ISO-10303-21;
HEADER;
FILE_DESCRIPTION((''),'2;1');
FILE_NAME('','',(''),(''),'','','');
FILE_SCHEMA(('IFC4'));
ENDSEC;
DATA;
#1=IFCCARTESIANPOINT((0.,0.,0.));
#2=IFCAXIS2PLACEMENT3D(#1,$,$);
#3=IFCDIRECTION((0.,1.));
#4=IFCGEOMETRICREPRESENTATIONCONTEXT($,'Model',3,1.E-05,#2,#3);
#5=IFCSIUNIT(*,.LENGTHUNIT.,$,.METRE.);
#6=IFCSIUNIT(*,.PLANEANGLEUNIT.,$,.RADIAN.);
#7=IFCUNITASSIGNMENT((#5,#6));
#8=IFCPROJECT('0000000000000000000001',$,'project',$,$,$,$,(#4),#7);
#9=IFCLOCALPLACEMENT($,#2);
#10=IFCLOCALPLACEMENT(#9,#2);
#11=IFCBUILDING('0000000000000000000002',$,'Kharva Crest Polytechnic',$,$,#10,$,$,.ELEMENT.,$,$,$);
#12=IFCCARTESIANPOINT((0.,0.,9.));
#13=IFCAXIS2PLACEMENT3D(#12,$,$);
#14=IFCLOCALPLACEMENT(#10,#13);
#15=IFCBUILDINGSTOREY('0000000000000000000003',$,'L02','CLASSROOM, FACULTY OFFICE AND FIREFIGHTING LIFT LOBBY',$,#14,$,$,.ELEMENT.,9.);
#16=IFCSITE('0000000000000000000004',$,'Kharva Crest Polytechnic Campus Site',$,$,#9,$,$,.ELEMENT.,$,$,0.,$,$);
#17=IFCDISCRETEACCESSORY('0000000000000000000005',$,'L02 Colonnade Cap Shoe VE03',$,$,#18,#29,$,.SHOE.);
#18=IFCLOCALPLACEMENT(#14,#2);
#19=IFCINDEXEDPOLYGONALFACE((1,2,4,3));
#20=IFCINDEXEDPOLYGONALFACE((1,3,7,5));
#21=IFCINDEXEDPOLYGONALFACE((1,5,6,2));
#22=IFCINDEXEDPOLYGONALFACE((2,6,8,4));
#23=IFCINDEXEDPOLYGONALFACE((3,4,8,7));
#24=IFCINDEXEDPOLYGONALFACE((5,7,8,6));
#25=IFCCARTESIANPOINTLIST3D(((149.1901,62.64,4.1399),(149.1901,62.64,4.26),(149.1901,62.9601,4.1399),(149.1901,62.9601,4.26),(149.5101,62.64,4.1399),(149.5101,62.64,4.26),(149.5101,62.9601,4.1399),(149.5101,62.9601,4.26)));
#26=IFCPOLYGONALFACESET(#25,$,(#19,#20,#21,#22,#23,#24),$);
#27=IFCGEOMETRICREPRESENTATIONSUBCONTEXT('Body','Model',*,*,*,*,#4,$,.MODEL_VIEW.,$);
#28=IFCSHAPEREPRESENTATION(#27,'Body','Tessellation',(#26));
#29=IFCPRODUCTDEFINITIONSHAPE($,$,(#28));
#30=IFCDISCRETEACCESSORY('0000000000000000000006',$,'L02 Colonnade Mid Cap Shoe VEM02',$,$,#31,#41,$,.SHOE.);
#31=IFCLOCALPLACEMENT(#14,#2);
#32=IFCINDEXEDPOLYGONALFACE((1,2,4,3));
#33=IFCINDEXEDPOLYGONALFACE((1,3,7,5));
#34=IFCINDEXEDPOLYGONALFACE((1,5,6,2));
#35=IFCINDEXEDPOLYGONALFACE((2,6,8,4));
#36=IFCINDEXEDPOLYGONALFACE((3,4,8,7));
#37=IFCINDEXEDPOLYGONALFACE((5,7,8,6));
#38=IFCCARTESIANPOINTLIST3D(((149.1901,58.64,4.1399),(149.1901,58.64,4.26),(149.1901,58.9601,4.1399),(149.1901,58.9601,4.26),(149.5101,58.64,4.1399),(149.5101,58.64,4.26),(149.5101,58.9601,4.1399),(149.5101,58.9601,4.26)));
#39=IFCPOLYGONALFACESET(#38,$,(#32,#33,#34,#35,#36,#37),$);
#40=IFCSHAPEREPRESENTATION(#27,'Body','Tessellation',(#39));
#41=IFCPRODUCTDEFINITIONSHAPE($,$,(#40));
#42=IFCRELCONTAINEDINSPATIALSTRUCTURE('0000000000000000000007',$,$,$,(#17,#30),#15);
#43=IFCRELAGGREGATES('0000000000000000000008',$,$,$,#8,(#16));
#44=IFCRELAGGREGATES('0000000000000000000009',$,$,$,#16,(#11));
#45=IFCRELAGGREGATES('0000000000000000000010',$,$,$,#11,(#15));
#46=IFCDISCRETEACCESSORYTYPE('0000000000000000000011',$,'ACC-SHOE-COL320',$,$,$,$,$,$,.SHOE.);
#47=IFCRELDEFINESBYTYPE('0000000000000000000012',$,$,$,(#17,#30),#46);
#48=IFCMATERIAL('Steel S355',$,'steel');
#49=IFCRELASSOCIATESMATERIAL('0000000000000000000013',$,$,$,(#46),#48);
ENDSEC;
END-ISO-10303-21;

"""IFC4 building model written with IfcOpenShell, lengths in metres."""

from ifc_helpers import new_model, si_unit, direction, frame, origin, origin_2d, place, context, subcontext, project, spatial, rectangle, extrude, material, type_object, element, save


model = new_model("IFC4")

# Units and contexts
model_context = context("Model", 3, precision=1e-05, world=origin(), true_north=direction((0.0, 1.0)))
body_context = subcontext(model_context, "Body", "Model", "MODEL_VIEW")
ifc_project = project(units=[si_unit("LENGTHUNIT", "METRE"), si_unit("PLANEANGLEUNIT", "RADIAN")], contexts=[model_context])

# Site, building, storey
site_placement = place(None, origin())
site = spatial("IfcSite", under=ifc_project, at=site_placement, Name="Kharva Crest Polytechnic Campus Site", CompositionType="ELEMENT", RefElevation=0.0)
building_placement = place(site_placement, origin())
building = spatial("IfcBuilding", under=site, at=building_placement, Name="Kharva Crest Polytechnic", CompositionType="ELEMENT")
storey_placement = place(building_placement, frame((0.0, 0.0, 9.0)))
storey = spatial("IfcBuildingStorey", under=building, at=storey_placement, Name="L02", Description="CLASSROOM, FACULTY OFFICE AND FIREFIGHTING LIFT LOBBY", CompositionType="ELEMENT", Elevation=9.0)

# Shared definitions
ifc_material_1 = material(Name="Steel S355", Category="steel")

# Discrete accessories
discrete_accessory_type = type_object("IfcDiscreteAccessoryType", Name="ACC-SHOE-COL320", PredefinedType="SHOE", material=ifc_material_1)
for number, where, z_axis, x_axis, name in (
    (1, (149.3501, 62.8, 4.1399), (0.0, 0.0, 1.0), (1.0, 0.0, 0.0), "L02 Colonnade Cap Shoe VE03"),
    (2, (149.3501, 58.8, 4.1399), (0.0, 0.0, 1.0), (1.0, 0.0, 0.0), "L02 Colonnade Mid Cap Shoe VEM02"),
):
    element("IfcDiscreteAccessory", number, at=place(storey_placement, frame(where, z_axis=z_axis, x_axis=x_axis)), inside=storey, type_object=discrete_accessory_type, Name=name, PredefinedType="SHOE", context=body_context, shape_type="SweptSolid", body=[
        extrude(rectangle(XDim=0.3201, YDim=0.3201, at=origin_2d()), origin(), (0.0, 0.0, 1.0), 0.1201),
    ])

save(model, "model.ifc")
